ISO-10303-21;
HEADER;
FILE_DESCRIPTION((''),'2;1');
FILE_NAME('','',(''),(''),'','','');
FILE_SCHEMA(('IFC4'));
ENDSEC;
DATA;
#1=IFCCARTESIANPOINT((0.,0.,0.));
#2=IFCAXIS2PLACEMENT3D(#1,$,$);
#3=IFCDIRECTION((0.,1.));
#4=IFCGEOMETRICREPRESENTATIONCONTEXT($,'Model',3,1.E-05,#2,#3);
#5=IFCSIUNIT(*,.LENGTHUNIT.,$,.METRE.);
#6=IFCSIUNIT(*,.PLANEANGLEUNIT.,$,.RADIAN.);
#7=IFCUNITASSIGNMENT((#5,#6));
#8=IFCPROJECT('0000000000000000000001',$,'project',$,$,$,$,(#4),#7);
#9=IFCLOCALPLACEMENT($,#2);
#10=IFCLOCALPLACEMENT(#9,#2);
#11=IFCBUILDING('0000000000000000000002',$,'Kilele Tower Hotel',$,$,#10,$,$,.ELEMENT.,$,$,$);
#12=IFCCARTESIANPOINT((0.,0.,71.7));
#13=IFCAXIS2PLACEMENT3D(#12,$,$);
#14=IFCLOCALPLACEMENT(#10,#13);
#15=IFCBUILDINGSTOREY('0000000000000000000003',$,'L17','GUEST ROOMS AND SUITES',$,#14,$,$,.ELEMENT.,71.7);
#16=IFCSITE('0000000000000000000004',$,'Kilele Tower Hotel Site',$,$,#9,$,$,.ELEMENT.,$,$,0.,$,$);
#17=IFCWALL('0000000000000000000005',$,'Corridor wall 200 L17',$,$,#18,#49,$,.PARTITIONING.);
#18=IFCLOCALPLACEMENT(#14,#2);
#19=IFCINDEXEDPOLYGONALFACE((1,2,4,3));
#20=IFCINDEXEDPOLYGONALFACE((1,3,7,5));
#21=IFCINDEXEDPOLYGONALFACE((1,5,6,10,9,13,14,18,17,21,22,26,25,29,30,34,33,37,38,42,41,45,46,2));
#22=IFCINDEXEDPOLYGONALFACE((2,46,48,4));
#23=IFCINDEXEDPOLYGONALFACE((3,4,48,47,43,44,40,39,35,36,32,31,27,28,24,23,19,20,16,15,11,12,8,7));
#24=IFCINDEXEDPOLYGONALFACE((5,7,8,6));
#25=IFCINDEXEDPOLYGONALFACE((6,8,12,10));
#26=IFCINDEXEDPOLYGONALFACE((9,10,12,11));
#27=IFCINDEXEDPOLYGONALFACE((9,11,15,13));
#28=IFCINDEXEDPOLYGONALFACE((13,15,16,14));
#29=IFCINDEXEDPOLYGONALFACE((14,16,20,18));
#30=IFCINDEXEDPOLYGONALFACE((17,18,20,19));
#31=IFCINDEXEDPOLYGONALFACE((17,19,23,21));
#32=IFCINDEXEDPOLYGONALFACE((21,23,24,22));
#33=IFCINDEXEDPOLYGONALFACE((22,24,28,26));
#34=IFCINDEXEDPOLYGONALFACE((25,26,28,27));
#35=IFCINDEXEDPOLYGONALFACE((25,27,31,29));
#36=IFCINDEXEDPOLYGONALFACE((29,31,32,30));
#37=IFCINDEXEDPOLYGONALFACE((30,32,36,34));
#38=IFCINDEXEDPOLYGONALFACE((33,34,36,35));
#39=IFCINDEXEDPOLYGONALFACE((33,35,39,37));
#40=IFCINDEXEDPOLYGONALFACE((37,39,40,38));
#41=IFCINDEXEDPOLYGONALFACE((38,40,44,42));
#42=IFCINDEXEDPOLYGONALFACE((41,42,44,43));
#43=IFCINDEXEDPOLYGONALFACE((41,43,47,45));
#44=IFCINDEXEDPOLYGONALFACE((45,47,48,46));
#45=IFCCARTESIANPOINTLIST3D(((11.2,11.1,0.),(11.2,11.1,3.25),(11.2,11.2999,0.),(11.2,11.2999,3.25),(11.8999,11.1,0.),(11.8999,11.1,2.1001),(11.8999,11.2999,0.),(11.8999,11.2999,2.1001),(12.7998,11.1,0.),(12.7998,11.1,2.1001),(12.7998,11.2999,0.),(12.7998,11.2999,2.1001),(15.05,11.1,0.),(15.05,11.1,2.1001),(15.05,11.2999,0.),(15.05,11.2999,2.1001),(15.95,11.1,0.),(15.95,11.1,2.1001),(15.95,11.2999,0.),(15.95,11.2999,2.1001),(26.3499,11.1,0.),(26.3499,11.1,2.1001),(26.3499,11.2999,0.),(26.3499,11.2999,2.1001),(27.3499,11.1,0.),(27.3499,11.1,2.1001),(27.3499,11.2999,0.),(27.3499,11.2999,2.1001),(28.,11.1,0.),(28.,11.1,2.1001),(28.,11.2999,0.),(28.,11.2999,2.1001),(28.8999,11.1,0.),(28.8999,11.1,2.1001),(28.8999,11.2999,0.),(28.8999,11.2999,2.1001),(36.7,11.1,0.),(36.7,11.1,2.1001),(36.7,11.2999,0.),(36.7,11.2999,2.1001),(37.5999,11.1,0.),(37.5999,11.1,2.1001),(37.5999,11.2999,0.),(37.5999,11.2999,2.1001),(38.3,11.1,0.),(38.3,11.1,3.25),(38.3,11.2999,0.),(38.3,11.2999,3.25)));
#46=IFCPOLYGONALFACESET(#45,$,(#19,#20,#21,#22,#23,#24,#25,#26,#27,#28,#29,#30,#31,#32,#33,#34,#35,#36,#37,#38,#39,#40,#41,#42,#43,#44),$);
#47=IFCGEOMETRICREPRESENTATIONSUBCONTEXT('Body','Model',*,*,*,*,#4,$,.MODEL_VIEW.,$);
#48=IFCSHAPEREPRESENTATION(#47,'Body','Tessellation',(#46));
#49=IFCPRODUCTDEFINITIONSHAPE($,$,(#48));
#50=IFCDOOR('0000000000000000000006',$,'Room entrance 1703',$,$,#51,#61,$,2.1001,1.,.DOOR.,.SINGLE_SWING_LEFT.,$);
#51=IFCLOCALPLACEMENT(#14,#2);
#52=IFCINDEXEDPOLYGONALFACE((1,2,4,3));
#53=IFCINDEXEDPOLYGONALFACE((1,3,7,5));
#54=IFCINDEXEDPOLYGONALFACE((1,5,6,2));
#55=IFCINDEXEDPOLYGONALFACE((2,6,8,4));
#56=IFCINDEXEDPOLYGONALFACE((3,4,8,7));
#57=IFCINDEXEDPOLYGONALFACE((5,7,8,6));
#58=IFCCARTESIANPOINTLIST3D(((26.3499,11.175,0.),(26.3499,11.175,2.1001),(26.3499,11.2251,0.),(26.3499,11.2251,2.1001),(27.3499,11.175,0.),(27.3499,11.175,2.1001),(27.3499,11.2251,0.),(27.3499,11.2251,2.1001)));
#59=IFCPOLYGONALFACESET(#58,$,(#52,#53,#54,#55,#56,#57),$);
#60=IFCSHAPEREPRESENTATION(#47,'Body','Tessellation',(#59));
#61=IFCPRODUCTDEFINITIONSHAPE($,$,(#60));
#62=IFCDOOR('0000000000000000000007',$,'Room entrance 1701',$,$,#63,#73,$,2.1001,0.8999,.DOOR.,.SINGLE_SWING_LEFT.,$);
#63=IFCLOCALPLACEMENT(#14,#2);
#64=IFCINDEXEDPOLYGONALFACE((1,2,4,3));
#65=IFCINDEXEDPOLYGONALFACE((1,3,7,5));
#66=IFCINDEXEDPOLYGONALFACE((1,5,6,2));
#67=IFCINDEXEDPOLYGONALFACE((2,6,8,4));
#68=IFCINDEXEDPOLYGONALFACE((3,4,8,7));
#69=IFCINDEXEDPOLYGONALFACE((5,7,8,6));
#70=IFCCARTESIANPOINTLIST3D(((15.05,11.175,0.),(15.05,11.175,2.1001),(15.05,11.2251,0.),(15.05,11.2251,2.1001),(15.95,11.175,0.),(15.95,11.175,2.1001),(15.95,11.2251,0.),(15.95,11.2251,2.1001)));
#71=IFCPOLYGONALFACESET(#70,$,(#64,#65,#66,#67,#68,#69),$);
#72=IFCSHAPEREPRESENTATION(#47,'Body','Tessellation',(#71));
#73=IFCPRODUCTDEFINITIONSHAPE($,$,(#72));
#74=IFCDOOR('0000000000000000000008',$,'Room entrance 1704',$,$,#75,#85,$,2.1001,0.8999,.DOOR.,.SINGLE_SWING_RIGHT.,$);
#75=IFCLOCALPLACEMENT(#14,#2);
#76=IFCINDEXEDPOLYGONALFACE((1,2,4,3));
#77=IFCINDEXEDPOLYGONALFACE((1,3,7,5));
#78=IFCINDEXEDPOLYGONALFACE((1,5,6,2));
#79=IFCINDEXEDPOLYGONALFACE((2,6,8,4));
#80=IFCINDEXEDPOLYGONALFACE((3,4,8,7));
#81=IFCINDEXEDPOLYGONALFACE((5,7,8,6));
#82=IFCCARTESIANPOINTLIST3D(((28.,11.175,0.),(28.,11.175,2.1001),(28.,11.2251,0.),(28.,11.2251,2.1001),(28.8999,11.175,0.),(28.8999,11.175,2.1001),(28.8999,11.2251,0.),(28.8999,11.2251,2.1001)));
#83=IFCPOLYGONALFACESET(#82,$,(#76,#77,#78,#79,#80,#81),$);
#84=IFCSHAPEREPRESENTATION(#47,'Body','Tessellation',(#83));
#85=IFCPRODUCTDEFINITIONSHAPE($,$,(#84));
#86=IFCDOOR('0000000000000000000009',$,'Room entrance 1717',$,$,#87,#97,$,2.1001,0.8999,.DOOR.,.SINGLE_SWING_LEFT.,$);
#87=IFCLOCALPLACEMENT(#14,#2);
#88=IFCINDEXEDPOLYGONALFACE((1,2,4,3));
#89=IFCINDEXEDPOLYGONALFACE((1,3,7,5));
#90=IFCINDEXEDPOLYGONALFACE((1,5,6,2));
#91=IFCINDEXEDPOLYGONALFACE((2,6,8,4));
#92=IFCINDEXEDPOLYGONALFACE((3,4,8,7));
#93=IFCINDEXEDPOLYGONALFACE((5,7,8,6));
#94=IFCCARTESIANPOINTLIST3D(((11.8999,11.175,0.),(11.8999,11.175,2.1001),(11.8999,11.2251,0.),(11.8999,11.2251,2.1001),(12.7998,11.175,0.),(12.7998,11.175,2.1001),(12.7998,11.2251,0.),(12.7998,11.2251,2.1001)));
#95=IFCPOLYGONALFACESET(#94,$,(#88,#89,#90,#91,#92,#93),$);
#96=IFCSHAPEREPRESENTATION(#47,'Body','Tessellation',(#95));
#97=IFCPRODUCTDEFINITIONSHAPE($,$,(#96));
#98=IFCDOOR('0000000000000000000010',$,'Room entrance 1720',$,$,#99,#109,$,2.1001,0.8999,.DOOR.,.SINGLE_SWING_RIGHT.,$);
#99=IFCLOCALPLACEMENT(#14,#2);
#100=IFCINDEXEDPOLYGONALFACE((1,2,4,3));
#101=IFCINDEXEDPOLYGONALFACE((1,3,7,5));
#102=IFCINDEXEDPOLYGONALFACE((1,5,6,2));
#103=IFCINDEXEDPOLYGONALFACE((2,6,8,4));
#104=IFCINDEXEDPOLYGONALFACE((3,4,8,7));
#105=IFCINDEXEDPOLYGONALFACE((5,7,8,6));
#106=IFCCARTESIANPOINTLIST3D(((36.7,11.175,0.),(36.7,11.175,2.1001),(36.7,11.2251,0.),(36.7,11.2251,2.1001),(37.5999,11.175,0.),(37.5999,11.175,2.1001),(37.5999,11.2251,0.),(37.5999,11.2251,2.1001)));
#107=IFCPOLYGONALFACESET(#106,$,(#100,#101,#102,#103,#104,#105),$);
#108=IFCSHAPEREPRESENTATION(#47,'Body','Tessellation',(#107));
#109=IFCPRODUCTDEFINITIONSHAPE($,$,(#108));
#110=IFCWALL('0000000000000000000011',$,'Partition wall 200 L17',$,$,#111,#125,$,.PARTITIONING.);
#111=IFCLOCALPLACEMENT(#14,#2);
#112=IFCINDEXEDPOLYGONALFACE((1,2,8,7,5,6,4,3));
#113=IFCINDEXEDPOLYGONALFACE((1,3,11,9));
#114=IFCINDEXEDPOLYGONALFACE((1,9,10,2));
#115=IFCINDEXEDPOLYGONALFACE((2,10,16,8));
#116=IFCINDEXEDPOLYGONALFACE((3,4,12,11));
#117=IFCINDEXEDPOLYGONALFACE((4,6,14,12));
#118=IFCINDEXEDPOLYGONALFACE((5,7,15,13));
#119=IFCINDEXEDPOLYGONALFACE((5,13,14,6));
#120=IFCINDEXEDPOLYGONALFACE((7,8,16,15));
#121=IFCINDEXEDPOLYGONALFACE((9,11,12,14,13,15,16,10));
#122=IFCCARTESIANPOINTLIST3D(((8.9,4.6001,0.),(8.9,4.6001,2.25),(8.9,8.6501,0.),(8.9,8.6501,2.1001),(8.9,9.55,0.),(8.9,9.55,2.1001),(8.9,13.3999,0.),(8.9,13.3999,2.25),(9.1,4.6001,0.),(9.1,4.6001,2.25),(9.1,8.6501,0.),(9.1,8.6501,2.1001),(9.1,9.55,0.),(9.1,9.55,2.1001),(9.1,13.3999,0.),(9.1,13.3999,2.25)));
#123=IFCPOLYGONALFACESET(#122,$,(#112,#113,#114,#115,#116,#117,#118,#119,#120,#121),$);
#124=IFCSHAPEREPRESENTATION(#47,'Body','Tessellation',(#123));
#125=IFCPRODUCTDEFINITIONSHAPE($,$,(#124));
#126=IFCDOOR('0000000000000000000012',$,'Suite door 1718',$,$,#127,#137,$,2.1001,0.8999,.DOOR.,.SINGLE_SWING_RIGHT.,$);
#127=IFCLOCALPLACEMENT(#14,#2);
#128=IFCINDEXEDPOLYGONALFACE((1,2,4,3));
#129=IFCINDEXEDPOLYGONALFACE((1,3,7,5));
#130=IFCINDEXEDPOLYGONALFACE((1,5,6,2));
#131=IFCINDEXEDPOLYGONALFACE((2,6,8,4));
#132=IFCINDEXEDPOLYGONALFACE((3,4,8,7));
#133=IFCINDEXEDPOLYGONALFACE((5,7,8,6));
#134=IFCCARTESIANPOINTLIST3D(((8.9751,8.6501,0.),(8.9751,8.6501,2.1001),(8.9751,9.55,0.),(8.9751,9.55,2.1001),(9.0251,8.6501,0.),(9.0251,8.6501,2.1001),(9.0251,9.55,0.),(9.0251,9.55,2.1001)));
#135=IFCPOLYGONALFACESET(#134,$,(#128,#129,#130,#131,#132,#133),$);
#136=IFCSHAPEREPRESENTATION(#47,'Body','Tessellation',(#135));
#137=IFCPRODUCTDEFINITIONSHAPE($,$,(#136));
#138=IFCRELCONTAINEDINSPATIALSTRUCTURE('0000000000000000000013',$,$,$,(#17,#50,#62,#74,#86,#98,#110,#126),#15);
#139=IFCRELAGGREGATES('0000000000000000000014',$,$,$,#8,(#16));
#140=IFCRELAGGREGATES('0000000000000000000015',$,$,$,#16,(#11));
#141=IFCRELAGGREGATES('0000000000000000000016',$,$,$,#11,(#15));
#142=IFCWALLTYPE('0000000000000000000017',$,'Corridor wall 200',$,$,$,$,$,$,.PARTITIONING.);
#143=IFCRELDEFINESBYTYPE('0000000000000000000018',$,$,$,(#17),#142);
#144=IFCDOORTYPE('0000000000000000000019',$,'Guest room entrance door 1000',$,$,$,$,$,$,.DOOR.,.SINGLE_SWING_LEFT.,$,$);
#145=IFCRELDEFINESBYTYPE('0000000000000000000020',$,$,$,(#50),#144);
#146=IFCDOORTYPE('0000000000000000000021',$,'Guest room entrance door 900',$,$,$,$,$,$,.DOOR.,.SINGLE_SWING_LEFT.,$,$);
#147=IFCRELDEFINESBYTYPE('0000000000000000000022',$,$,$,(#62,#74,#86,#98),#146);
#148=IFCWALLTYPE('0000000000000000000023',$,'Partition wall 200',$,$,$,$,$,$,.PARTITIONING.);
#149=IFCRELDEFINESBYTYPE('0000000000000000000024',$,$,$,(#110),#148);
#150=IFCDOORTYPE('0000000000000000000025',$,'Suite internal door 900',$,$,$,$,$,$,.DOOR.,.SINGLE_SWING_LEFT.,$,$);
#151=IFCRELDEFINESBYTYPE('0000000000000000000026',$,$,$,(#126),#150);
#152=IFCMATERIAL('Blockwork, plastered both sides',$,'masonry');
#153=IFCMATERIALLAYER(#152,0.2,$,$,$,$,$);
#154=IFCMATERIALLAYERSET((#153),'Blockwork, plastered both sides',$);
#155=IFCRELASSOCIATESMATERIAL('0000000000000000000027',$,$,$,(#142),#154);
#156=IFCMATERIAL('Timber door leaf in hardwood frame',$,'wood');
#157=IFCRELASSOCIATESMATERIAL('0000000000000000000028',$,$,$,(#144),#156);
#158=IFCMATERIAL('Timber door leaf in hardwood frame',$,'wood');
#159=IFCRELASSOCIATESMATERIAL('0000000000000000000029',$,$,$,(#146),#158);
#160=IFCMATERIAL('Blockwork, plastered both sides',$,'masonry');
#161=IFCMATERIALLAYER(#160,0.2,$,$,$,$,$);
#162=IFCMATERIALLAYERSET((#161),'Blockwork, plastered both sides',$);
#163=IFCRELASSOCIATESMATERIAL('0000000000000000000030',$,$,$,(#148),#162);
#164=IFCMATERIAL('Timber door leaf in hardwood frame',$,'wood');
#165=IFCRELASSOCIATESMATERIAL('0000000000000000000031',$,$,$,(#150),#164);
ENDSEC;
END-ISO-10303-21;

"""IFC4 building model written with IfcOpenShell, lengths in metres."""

from ifc_helpers import new_model, si_unit, direction, frame, frame_2d, origin, place, context, subcontext, project, spatial, rectangle, extrude, material, layer, layer_set, type_object, element, fill, save


model = new_model("IFC4")

# Units and contexts
model_context = context("Model", 3, precision=1e-05, world=origin(), true_north=direction((0.0, 1.0)))
body_context = subcontext(model_context, "Body", "Model", "MODEL_VIEW")
ifc_project = project(units=[si_unit("LENGTHUNIT", "METRE"), si_unit("PLANEANGLEUNIT", "RADIAN")], contexts=[model_context])

# Site, building, storey
site_placement = place(None, origin())
site = spatial("IfcSite", under=ifc_project, at=site_placement, Name="Kilele Tower Hotel Site", CompositionType="ELEMENT", RefElevation=0.0)
building_placement = place(site_placement, origin())
building = spatial("IfcBuilding", under=site, at=building_placement, Name="Kilele Tower Hotel", CompositionType="ELEMENT")
storey_placement = place(building_placement, frame((0.0, 0.0, 71.7)))
storey = spatial("IfcBuildingStorey", under=building, at=storey_placement, Name="L17", Description="GUEST ROOMS AND SUITES", CompositionType="ELEMENT", Elevation=71.7)

# Wall, openings, doors
ifc_material_1 = material(Name="Blockwork, plastered both sides", Category="masonry")
ifc_layer_1 = layer(ifc_material_1, 0.2)
ifc_layer_set_1 = layer_set([ifc_layer_1], Name="Blockwork, plastered both sides")
wall_type_1 = type_object("IfcWallType", Name="Corridor wall 200", PredefinedType="PARTITIONING", material=ifc_layer_set_1)
wall_1_placement = place(storey_placement, frame((11.2, 11.2, 0.0), z_axis=(0.0, 0.0, 1.0), x_axis=(1.0, 0.0, 0.0)))
wall_1 = element("IfcWall", 1, at=wall_1_placement, inside=storey, type_object=wall_type_1, Name="Corridor wall 200 L17", PredefinedType="PARTITIONING", context=body_context, shape_type="SweptSolid", body=[
    extrude(rectangle(XDim=27.1001, YDim=0.2, at=frame_2d((13.55, 0.0))), origin(), (0.0, 0.0, 1.0), 3.25),
])
opening_1_placement = place(wall_1_placement, frame((4.75, 0.0, 0.0), z_axis=(0.0, 0.0, 1.0), x_axis=(-1.0, 0.0, 0.0)))
opening_1 = element("IfcOpeningElement", 2, at=opening_1_placement, cuts=wall_1, PredefinedType="OPENING", context=body_context, shape_type="SweptSolid", body=[
    extrude(rectangle(XDim=0.8999, YDim=2.1001, at=frame_2d((0.45, 1.05))), frame((0.0, 0.1099, 0.0), z_axis=(0.0, -1.0, 0.0), x_axis=(1.0, 0.0, 0.0)), (0.0, 0.0, 1.0), 0.22),
])
opening_2_placement = place(wall_1_placement, frame((16.1499, 0.0, 0.0), z_axis=(0.0, 0.0, 1.0), x_axis=(-1.0, 0.0, 0.0)))
opening_2 = element("IfcOpeningElement", 3, at=opening_2_placement, cuts=wall_1, PredefinedType="OPENING", context=body_context, shape_type="SweptSolid", body=[
    extrude(rectangle(XDim=1.0, YDim=2.1001, at=frame_2d((0.5, 1.05))), frame((0.0, 0.1099, 0.0), z_axis=(0.0, -1.0, 0.0), x_axis=(1.0, 0.0, 0.0)), (0.0, 0.0, 1.0), 0.22),
])
opening_3_placement = place(wall_1_placement, frame((17.7, 0.0, 0.0), z_axis=(0.0, 0.0, 1.0), x_axis=(-1.0, 0.0, 0.0)))
opening_3 = element("IfcOpeningElement", 4, at=opening_3_placement, cuts=wall_1, PredefinedType="OPENING", context=body_context, shape_type="SweptSolid", body=[
    extrude(rectangle(XDim=0.8999, YDim=2.1001, at=frame_2d((0.45, 1.05))), frame((0.0, 0.1099, 0.0), z_axis=(0.0, -1.0, 0.0), x_axis=(1.0, 0.0, 0.0)), (0.0, 0.0, 1.0), 0.22),
])
opening_4_placement = place(wall_1_placement, frame((1.5999, 0.0, 0.0), z_axis=(0.0, 0.0, 1.0), x_axis=(-1.0, 0.0, 0.0)))
opening_4 = element("IfcOpeningElement", 5, at=opening_4_placement, cuts=wall_1, PredefinedType="OPENING", context=body_context, shape_type="SweptSolid", body=[
    extrude(rectangle(XDim=0.8999, YDim=2.1001, at=frame_2d((0.45, 1.05))), frame((0.0, 0.1099, 0.0), z_axis=(0.0, -1.0, 0.0), x_axis=(1.0, 0.0, 0.0)), (0.0, 0.0, 1.0), 0.22),
])
opening_5_placement = place(wall_1_placement, frame((26.3999, 0.0, 0.0), z_axis=(0.0, 0.0, 1.0), x_axis=(-1.0, 0.0, 0.0)))
opening_5 = element("IfcOpeningElement", 6, at=opening_5_placement, cuts=wall_1, PredefinedType="OPENING", context=body_context, shape_type="SweptSolid", body=[
    extrude(rectangle(XDim=0.8999, YDim=2.1001, at=frame_2d((0.45, 1.05))), frame((0.0, 0.1099, 0.0), z_axis=(0.0, -1.0, 0.0), x_axis=(1.0, 0.0, 0.0)), (0.0, 0.0, 1.0), 0.22),
])
ifc_material_2 = material(Name="Timber door leaf in hardwood frame", Category="wood")
door_type_1 = type_object("IfcDoorType", Name="Guest room entrance door 1000", OperationType="SINGLE_SWING_LEFT", PredefinedType="DOOR", material=ifc_material_2)
door_1_placement = place(opening_2_placement, origin())
door_1 = element("IfcDoor", 7, at=door_1_placement, inside=storey, type_object=door_type_1, Name="Room entrance 1703", OperationType="SINGLE_SWING_LEFT", OverallHeight=2.1001, OverallWidth=1.0, PredefinedType="DOOR", context=body_context, shape_type="SweptSolid", body=[
    extrude(rectangle(XDim=1.0, YDim=2.1001, at=frame_2d((0.5, 1.05))), frame((0.0, 0.0249, 0.0), z_axis=(0.0, -1.0, 0.0), x_axis=(1.0, 0.0, 0.0)), (0.0, 0.0, 1.0), 0.05),
])
fill(opening_2, door_1)
ifc_material_3 = material(Name="Timber door leaf in hardwood frame", Category="wood")
door_type_2 = type_object("IfcDoorType", Name="Guest room entrance door 900", OperationType="SINGLE_SWING_LEFT", PredefinedType="DOOR", material=ifc_material_3)
door_2_placement = place(opening_1_placement, origin())
door_2 = element("IfcDoor", 8, at=door_2_placement, inside=storey, type_object=door_type_2, Name="Room entrance 1701", OperationType="SINGLE_SWING_LEFT", OverallHeight=2.1001, OverallWidth=0.8999, PredefinedType="DOOR", context=body_context, shape_type="SweptSolid", body=[
    extrude(rectangle(XDim=0.8999, YDim=2.1001, at=frame_2d((0.45, 1.05))), frame((0.0, 0.0249, 0.0), z_axis=(0.0, -1.0, 0.0), x_axis=(1.0, 0.0, 0.0)), (0.0, 0.0, 1.0), 0.05),
])
fill(opening_1, door_2)
door_3_placement = place(opening_3_placement, origin())
door_3 = element("IfcDoor", 9, at=door_3_placement, inside=storey, type_object=door_type_2, Name="Room entrance 1704", OperationType="SINGLE_SWING_RIGHT", OverallHeight=2.1001, OverallWidth=0.8999, PredefinedType="DOOR", context=body_context, shape_type="SweptSolid", body=[
    extrude(rectangle(XDim=0.8999, YDim=2.1001, at=frame_2d((0.45, 1.05))), frame((0.0, 0.0249, 0.0), z_axis=(0.0, -1.0, 0.0), x_axis=(1.0, 0.0, 0.0)), (0.0, 0.0, 1.0), 0.05),
])
fill(opening_3, door_3)
door_4_placement = place(opening_4_placement, origin())
door_4 = element("IfcDoor", 10, at=door_4_placement, inside=storey, type_object=door_type_2, Name="Room entrance 1717", OperationType="SINGLE_SWING_LEFT", OverallHeight=2.1001, OverallWidth=0.8999, PredefinedType="DOOR", context=body_context, shape_type="SweptSolid", body=[
    extrude(rectangle(XDim=0.8999, YDim=2.1001, at=frame_2d((0.45, 1.05))), frame((0.0, 0.0249, 0.0), z_axis=(0.0, -1.0, 0.0), x_axis=(1.0, 0.0, 0.0)), (0.0, 0.0, 1.0), 0.05),
])
fill(opening_4, door_4)
door_5_placement = place(opening_5_placement, origin())
door_5 = element("IfcDoor", 11, at=door_5_placement, inside=storey, type_object=door_type_2, Name="Room entrance 1720", OperationType="SINGLE_SWING_RIGHT", OverallHeight=2.1001, OverallWidth=0.8999, PredefinedType="DOOR", context=body_context, shape_type="SweptSolid", body=[
    extrude(rectangle(XDim=0.8999, YDim=2.1001, at=frame_2d((0.45, 1.05))), frame((0.0, 0.0249, 0.0), z_axis=(0.0, -1.0, 0.0), x_axis=(1.0, 0.0, 0.0)), (0.0, 0.0, 1.0), 0.05),
])
fill(opening_5, door_5)

# Wall, opening, door
ifc_material_4 = material(Name="Blockwork, plastered both sides", Category="masonry")
ifc_layer_2 = layer(ifc_material_4, 0.2)
ifc_layer_set_2 = layer_set([ifc_layer_2], Name="Blockwork, plastered both sides")
wall_type_2 = type_object("IfcWallType", Name="Partition wall 200", PredefinedType="PARTITIONING", material=ifc_layer_set_2)
wall_2_placement = place(storey_placement, frame((9.0, 4.6001, 0.0), z_axis=(0.0, 0.0, 1.0), x_axis=(0.0, 1.0, 0.0)))
wall_2 = element("IfcWall", 12, at=wall_2_placement, inside=storey, type_object=wall_type_2, Name="Partition wall 200 L17", PredefinedType="PARTITIONING", context=body_context, shape_type="SweptSolid", body=[
    extrude(rectangle(XDim=8.7998, YDim=0.2, at=frame_2d((4.3999, 0.0))), origin(), (0.0, 0.0, 1.0), 2.25),
])
opening_6_placement = place(wall_2_placement, frame((4.05, 0.0, 0.0)))
opening_6 = element("IfcOpeningElement", 13, at=opening_6_placement, cuts=wall_2, PredefinedType="OPENING", context=body_context, shape_type="SweptSolid", body=[
    extrude(rectangle(XDim=0.8999, YDim=2.1001, at=frame_2d((0.45, 1.05))), frame((0.0, 0.1099, 0.0), z_axis=(0.0, -1.0, 0.0), x_axis=(1.0, 0.0, 0.0)), (0.0, 0.0, 1.0), 0.22),
])
ifc_material_5 = material(Name="Timber door leaf in hardwood frame", Category="wood")
door_type_3 = type_object("IfcDoorType", Name="Suite internal door 900", OperationType="SINGLE_SWING_LEFT", PredefinedType="DOOR", material=ifc_material_5)
door_6_placement = place(opening_6_placement, origin())
door_6 = element("IfcDoor", 14, at=door_6_placement, inside=storey, type_object=door_type_3, Name="Suite door 1718", OperationType="SINGLE_SWING_RIGHT", OverallHeight=2.1001, OverallWidth=0.8999, PredefinedType="DOOR", context=body_context, shape_type="SweptSolid", body=[
    extrude(rectangle(XDim=0.8999, YDim=2.1001, at=frame_2d((0.45, 1.05))), frame((0.0, 0.0249, 0.0), z_axis=(0.0, -1.0, 0.0), x_axis=(1.0, 0.0, 0.0)), (0.0, 0.0, 1.0), 0.05),
])
fill(opening_6, door_6)

save(model, "model.ifc")
